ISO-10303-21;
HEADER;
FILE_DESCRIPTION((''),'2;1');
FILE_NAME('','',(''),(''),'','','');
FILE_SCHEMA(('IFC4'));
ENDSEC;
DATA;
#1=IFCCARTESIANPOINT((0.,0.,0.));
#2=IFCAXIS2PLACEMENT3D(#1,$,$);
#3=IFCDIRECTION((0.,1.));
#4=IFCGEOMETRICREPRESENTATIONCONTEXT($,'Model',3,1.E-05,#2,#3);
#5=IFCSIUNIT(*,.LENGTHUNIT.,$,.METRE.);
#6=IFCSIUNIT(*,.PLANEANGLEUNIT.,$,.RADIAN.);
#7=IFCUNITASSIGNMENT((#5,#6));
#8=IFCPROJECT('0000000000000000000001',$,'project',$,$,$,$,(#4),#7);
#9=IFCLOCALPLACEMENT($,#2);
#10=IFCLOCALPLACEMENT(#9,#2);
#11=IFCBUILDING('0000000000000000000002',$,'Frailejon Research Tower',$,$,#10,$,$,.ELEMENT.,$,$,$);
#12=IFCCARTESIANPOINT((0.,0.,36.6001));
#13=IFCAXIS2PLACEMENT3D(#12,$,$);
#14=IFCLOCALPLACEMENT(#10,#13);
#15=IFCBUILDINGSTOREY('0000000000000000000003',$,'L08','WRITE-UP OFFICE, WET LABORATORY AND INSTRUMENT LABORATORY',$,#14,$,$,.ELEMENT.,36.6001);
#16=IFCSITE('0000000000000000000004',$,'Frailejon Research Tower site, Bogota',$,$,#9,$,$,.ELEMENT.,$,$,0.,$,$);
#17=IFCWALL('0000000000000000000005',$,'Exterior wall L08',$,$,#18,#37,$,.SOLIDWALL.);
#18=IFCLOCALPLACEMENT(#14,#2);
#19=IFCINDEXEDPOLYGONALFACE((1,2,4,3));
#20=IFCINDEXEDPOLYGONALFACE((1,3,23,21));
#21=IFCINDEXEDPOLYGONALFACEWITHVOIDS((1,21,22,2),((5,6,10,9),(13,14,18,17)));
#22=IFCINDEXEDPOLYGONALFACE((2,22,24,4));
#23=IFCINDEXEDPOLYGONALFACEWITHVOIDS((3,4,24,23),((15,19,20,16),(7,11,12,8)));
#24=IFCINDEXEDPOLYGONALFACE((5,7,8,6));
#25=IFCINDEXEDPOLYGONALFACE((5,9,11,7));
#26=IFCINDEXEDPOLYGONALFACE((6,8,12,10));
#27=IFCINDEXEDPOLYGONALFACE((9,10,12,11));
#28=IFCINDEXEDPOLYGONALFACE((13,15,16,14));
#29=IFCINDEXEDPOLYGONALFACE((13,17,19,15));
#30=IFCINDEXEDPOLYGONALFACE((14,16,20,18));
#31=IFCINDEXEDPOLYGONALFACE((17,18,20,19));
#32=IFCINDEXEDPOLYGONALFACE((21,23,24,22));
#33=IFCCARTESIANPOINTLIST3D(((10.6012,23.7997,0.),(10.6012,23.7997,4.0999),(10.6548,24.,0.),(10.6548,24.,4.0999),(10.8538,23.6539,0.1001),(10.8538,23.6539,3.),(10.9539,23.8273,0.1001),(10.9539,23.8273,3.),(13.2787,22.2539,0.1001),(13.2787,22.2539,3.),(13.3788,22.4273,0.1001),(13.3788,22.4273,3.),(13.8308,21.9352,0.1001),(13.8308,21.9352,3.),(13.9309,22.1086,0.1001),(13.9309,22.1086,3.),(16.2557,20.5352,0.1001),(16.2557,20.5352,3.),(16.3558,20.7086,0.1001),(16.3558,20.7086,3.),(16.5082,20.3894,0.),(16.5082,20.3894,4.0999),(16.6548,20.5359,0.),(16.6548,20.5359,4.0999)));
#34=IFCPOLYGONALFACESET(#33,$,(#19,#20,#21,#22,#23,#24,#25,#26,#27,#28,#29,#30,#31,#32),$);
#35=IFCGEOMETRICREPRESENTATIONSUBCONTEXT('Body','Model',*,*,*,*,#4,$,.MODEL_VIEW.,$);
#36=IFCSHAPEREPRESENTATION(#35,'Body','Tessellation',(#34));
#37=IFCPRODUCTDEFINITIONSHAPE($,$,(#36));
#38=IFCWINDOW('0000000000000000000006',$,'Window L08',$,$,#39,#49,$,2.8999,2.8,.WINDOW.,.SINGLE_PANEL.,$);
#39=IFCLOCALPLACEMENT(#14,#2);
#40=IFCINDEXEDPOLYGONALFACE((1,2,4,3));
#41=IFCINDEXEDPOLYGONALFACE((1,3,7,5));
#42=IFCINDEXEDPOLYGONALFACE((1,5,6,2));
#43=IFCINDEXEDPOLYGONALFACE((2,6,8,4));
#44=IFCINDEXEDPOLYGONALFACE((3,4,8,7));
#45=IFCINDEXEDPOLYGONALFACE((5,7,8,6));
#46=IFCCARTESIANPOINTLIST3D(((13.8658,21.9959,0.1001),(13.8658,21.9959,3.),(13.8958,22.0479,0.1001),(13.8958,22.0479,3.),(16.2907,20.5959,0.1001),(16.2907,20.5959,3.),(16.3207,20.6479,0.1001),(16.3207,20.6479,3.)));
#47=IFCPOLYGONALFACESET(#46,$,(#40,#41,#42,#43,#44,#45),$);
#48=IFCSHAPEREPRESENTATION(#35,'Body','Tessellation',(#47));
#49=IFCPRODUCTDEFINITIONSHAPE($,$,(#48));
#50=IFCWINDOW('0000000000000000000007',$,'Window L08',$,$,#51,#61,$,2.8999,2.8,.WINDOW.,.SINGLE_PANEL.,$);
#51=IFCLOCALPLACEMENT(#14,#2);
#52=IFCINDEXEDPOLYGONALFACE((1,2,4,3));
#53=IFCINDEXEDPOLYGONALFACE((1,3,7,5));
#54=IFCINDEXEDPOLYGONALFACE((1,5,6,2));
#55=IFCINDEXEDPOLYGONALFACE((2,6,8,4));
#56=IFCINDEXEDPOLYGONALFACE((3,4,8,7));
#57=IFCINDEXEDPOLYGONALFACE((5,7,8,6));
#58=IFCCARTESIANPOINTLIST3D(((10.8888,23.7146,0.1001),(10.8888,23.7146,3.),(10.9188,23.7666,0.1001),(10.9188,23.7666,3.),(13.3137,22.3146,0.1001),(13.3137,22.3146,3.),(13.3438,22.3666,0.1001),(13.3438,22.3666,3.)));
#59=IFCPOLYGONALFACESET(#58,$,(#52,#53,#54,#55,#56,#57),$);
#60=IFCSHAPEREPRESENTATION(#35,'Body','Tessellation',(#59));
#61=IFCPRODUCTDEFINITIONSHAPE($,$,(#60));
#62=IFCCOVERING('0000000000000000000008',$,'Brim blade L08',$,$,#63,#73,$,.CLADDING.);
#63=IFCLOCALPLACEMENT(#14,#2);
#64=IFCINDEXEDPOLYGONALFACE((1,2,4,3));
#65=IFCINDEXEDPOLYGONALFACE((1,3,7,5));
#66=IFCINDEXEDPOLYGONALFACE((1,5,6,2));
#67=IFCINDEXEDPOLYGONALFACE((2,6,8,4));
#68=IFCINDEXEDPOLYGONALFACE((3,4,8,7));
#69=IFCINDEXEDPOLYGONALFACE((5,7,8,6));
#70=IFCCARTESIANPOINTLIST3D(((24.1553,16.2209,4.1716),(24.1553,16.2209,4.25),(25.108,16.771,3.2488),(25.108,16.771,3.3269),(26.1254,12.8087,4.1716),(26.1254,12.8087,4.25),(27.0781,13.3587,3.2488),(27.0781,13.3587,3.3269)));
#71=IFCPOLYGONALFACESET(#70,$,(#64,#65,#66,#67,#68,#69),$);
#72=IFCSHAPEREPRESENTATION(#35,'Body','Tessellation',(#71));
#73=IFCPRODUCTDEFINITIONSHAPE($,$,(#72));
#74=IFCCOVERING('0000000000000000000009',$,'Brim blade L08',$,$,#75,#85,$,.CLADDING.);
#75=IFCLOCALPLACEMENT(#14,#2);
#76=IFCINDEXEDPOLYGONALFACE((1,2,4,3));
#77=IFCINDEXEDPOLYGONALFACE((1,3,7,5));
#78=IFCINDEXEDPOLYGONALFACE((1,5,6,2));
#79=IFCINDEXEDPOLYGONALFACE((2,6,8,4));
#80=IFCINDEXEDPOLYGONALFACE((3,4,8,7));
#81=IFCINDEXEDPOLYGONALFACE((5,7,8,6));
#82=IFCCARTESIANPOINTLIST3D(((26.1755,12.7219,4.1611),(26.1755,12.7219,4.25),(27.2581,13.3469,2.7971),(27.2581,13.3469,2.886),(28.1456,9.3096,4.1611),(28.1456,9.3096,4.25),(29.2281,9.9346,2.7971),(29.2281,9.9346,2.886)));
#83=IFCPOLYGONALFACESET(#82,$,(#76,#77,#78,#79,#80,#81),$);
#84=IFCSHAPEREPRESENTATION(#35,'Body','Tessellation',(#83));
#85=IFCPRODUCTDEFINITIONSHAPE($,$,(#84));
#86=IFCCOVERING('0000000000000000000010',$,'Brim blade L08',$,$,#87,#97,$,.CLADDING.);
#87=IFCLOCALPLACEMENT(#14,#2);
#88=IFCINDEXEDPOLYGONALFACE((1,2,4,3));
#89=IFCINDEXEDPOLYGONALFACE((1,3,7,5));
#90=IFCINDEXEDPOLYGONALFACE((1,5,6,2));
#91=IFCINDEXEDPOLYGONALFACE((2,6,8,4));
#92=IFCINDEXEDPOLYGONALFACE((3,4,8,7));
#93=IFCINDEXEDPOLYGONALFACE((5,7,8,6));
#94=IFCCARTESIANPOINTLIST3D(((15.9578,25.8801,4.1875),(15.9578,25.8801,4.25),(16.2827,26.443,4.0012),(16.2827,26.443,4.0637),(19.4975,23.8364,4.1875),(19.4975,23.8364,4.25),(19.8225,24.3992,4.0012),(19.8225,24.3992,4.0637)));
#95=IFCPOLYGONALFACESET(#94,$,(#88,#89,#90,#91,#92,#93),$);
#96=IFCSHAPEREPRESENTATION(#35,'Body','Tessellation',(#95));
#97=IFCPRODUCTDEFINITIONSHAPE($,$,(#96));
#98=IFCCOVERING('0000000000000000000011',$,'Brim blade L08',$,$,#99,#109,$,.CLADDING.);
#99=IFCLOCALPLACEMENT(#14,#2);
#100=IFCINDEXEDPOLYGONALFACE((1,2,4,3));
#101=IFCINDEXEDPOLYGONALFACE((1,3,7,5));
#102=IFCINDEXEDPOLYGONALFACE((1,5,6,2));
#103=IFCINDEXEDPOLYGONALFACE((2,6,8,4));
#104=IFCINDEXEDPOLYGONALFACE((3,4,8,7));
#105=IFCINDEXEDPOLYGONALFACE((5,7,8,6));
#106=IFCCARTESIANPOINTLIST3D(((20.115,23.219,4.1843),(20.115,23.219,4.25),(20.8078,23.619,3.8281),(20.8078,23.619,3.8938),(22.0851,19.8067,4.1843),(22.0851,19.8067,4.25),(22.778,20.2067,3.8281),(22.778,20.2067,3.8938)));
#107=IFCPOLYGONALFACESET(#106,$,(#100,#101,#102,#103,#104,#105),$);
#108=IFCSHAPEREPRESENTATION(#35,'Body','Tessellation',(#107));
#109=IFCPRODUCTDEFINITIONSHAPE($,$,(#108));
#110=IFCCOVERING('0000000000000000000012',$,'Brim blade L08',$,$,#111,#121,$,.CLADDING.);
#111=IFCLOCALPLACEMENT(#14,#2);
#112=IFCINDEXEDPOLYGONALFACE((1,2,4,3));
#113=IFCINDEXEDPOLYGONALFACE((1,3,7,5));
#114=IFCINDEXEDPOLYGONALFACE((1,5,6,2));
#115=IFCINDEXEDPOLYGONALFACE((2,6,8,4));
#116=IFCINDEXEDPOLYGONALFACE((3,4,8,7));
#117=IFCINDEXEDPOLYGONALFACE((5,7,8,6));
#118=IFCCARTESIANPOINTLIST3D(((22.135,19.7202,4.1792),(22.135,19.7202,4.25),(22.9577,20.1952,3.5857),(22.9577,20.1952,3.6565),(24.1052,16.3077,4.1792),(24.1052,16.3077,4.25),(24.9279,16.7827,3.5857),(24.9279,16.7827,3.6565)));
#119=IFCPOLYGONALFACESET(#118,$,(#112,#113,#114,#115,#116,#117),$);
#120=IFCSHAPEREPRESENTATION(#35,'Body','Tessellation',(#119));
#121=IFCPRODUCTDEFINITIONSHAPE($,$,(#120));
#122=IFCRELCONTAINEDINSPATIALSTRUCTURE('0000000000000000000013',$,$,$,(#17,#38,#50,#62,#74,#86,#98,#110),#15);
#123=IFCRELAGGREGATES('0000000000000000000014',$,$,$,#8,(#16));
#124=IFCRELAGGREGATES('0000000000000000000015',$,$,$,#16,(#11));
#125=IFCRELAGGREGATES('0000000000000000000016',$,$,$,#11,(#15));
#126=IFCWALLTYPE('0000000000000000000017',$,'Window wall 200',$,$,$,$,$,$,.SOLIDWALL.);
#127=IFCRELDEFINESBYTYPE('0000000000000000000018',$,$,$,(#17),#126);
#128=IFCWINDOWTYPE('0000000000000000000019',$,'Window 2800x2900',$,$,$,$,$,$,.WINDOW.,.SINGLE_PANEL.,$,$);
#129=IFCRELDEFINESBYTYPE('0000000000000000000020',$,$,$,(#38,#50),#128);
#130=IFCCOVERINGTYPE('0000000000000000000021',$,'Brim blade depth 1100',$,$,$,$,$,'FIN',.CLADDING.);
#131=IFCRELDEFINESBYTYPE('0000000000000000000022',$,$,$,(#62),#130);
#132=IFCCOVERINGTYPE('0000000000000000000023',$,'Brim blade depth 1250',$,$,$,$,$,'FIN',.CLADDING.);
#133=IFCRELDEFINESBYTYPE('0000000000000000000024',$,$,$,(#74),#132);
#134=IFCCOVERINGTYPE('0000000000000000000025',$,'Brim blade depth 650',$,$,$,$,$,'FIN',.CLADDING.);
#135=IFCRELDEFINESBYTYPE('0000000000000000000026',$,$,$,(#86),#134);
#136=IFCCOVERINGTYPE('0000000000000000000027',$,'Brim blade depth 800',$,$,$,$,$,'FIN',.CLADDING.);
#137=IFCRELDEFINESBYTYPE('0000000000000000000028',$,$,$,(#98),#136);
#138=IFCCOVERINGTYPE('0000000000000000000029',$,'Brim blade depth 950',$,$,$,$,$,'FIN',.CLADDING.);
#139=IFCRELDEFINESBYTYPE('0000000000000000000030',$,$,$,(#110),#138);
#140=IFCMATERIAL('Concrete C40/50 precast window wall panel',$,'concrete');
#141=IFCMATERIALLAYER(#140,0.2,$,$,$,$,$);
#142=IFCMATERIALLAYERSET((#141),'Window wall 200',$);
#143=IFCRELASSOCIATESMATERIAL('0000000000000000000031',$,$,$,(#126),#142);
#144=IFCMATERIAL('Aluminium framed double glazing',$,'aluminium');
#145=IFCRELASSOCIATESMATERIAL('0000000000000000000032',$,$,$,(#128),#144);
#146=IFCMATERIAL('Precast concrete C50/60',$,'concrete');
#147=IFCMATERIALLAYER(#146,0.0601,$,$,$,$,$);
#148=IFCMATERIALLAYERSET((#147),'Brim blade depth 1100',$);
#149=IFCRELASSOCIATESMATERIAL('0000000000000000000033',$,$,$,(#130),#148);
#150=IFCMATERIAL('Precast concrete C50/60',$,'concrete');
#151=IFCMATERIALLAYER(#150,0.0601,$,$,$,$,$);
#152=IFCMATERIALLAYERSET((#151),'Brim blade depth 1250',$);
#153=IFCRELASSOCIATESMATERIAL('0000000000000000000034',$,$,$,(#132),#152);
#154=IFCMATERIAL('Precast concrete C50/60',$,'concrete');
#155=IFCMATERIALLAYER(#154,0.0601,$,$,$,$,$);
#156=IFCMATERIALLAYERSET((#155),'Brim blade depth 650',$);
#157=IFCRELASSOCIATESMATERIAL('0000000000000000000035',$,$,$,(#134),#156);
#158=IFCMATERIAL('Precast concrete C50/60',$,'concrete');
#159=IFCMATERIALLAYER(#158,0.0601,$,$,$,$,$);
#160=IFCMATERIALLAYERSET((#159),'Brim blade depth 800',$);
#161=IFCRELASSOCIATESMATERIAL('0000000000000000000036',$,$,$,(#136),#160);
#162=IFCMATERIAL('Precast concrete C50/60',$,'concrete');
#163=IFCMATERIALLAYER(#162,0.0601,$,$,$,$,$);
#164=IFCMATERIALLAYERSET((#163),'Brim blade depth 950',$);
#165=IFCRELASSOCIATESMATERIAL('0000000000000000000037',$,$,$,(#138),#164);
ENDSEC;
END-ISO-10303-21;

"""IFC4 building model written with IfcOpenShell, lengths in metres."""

from ifc_helpers import new_model, si_unit, direction, frame, frame_2d, origin, place, context, subcontext, project, spatial, polyline, rectangle, outline, extrude, material, layer, layer_set, type_object, element, fill, save


model = new_model("IFC4")

# Units and contexts
model_context = context("Model", 3, precision=1e-05, world=origin(), true_north=direction((0.0, 1.0)))
body_context = subcontext(model_context, "Body", "Model", "MODEL_VIEW")
ifc_project = project(units=[si_unit("LENGTHUNIT", "METRE"), si_unit("PLANEANGLEUNIT", "RADIAN")], contexts=[model_context])

# Site, building, storey
site_placement = place(None, origin())
site = spatial("IfcSite", under=ifc_project, at=site_placement, Name="Frailejon Research Tower site, Bogota", CompositionType="ELEMENT", RefElevation=0.0)
building_placement = place(site_placement, origin())
building = spatial("IfcBuilding", under=site, at=building_placement, Name="Frailejon Research Tower", CompositionType="ELEMENT")
storey_placement = place(building_placement, frame((0.0, 0.0, 36.6001)))
storey = spatial("IfcBuildingStorey", under=building, at=storey_placement, Name="L08", Description="WRITE-UP OFFICE, WET LABORATORY AND INSTRUMENT LABORATORY", CompositionType="ELEMENT", Elevation=36.6001)

# Wall, openings, windows
ifc_material_1 = material(Name="Concrete C40/50 precast window wall panel", Category="concrete")
ifc_layer_1 = layer(ifc_material_1, 0.2)
ifc_layer_set_1 = layer_set([ifc_layer_1], Name="Window wall 200")
wall_type_1 = type_object("IfcWallType", Name="Window wall 200", PredefinedType="SOLIDWALL", material=ifc_layer_set_1)
wall_1_placement = place(storey_placement, frame((16.5815, 20.4626, 0.0), z_axis=(0.0, 0.0, 1.0), x_axis=(-0.866029, 0.499993, 0.0)))
wall_1 = element("IfcWall", 1, at=wall_1_placement, inside=storey, type_object=wall_type_1, Name="Exterior wall L08", PredefinedType="SOLIDWALL", context=body_context, shape_type="SweptSolid", body=[
    extrude(outline(polyline([(-0.0269, -0.1001), (1.1279, -0.1001), (2.2825, -0.1001), (3.4373, -0.1001), (4.592, -0.1001), (5.7466, -0.1001), (6.9014, -0.1001), (6.8477, 0.1001), (5.7109, 0.1001), (4.574, 0.1001), (3.4373, 0.1001), (2.3005, 0.1001), (1.1636, 0.1001), (0.0269, 0.1001), (-0.0269, -0.1001)])), origin(), (0.0, 0.0, 1.0), 4.0999),
])
opening_1_placement = place(wall_1_placement, frame((0.3186, 0.0, 0.1001)))
opening_1 = element("IfcOpeningElement", 2, at=opening_1_placement, cuts=wall_1, PredefinedType="OPENING", context=body_context, shape_type="SweptSolid", body=[
    extrude(rectangle(XDim=2.8, YDim=2.8999, at=frame_2d((1.3999, 1.45))), frame((0.0, 0.1099, 0.0), z_axis=(0.0, -1.0, 0.0), x_axis=(1.0, 0.0, 0.0)), (0.0, 0.0, 1.0), 0.22),
])
opening_2_placement = place(wall_1_placement, frame((3.7561, 0.0, 0.1001)))
opening_2 = element("IfcOpeningElement", 3, at=opening_2_placement, cuts=wall_1, PredefinedType="OPENING", context=body_context, shape_type="SweptSolid", body=[
    extrude(rectangle(XDim=2.8, YDim=2.8999, at=frame_2d((1.3999, 1.45))), frame((0.0, 0.1099, 0.0), z_axis=(0.0, -1.0, 0.0), x_axis=(1.0, 0.0, 0.0)), (0.0, 0.0, 1.0), 0.22),
])
ifc_material_2 = material(Name="Aluminium framed double glazing", Category="aluminium")
window_type = type_object("IfcWindowType", Name="Window 2800x2900", PartitioningType="SINGLE_PANEL", PredefinedType="WINDOW", material=ifc_material_2)
window_1_placement = place(opening_1_placement, origin())
window_1 = element("IfcWindow", 4, at=window_1_placement, inside=storey, type_object=window_type, Name="Window L08", OverallHeight=2.8999, OverallWidth=2.8, PartitioningType="SINGLE_PANEL", PredefinedType="WINDOW", context=body_context, shape_type="SweptSolid", body=[
    extrude(rectangle(XDim=2.8, YDim=2.8999, at=frame_2d((1.3999, 1.45))), frame((0.0, 0.03, 0.0), z_axis=(0.0, -1.0, 0.0), x_axis=(1.0, 0.0, 0.0)), (0.0, 0.0, 1.0), 0.0601),
])
fill(opening_1, window_1)
window_2_placement = place(opening_2_placement, origin())
window_2 = element("IfcWindow", 5, at=window_2_placement, inside=storey, type_object=window_type, Name="Window L08", OverallHeight=2.8999, OverallWidth=2.8, PartitioningType="SINGLE_PANEL", PredefinedType="WINDOW", context=body_context, shape_type="SweptSolid", body=[
    extrude(rectangle(XDim=2.8, YDim=2.8999, at=frame_2d((1.3999, 1.45))), frame((0.0, 0.03, 0.0), z_axis=(0.0, -1.0, 0.0), x_axis=(1.0, 0.0, 0.0)), (0.0, 0.0, 1.0), 0.0601),
])
fill(opening_2, window_2)

# Coverings
ifc_material_3 = material(Name="Precast concrete C50/60", Category="concrete")
ifc_layer_2 = layer(ifc_material_3, 0.0601)
ifc_layer_set_2 = layer_set([ifc_layer_2], Name="Brim blade depth 1100")
covering_type_1 = type_object("IfcCoveringType", Name="Brim blade depth 1100", ElementType="FIN", PredefinedType="CLADDING", material=ifc_layer_set_2)
covering_1_placement = place(storey_placement, frame((24.1553, 16.2209, 4.25), z_axis=(0.50001, -0.86602, 0.0), x_axis=(0.86602, 0.50001, 0.0)))
element("IfcCovering", 6, at=covering_1_placement, inside=storey, type_object=covering_type_1, Name="Brim blade L08", PredefinedType="CLADDING", context=body_context, shape_type="SweptSolid", body=[
    extrude(outline(polyline([(0.0, -0.0784), (1.1001, -1.0012), (1.1001, -0.9231), (0.0, 0.0), (0.0, -0.0784)])), origin(), (0.0, 0.0, 1.0), 3.9402),
])
ifc_material_4 = material(Name="Precast concrete C50/60", Category="concrete")
ifc_layer_3 = layer(ifc_material_4, 0.0601)
ifc_layer_set_3 = layer_set([ifc_layer_3], Name="Brim blade depth 1250")
covering_type_2 = type_object("IfcCoveringType", Name="Brim blade depth 1250", ElementType="FIN", PredefinedType="CLADDING", material=ifc_layer_set_3)
covering_2_placement = place(storey_placement, frame((26.1755, 12.7219, 4.25), z_axis=(0.499991, -0.866031, 0.0), x_axis=(0.866031, 0.499991, 0.0)))
element("IfcCovering", 7, at=covering_2_placement, inside=storey, type_object=covering_type_2, Name="Brim blade L08", PredefinedType="CLADDING", context=body_context, shape_type="SweptSolid", body=[
    extrude(outline(polyline([(0.0, -0.0889), (1.25, -1.4529), (1.25, -1.364), (0.0, 0.0), (0.0, -0.0889)])), origin(), (0.0, 0.0, 1.0), 3.9402),
])
ifc_material_5 = material(Name="Precast concrete C50/60", Category="concrete")
ifc_layer_4 = layer(ifc_material_5, 0.0601)
ifc_layer_set_4 = layer_set([ifc_layer_4], Name="Brim blade depth 650")
covering_type_3 = type_object("IfcCoveringType", Name="Brim blade depth 650", ElementType="FIN", PredefinedType="CLADDING", material=ifc_layer_set_4)
covering_3_placement = place(storey_placement, frame((15.9578, 25.8801, 4.25), z_axis=(0.866021, -0.500007, 0.0), x_axis=(0.500007, 0.866021, 0.0)))
element("IfcCovering", 8, at=covering_3_placement, inside=storey, type_object=covering_type_3, Name="Brim blade L08", PredefinedType="CLADDING", context=body_context, shape_type="SweptSolid", body=[
    extrude(outline(polyline([(0.0, -0.0625), (0.6499, -0.2488), (0.6499, -0.1863), (0.0, 0.0), (0.0, -0.0625)])), origin(), (0.0, 0.0, 1.0), 4.0874),
])
ifc_material_6 = material(Name="Precast concrete C50/60", Category="concrete")
ifc_layer_5 = layer(ifc_material_6, 0.0601)
ifc_layer_set_5 = layer_set([ifc_layer_5], Name="Brim blade depth 800")
covering_type_4 = type_object("IfcCoveringType", Name="Brim blade depth 800", ElementType="FIN", PredefinedType="CLADDING", material=ifc_layer_set_5)
covering_4_placement = place(storey_placement, frame((20.115, 23.219, 4.25), z_axis=(0.50001, -0.86602, 0.0), x_axis=(0.86602, 0.50001, 0.0)))
element("IfcCovering", 9, at=covering_4_placement, inside=storey, type_object=covering_type_4, Name="Brim blade L08", PredefinedType="CLADDING", context=body_context, shape_type="SweptSolid", body=[
    extrude(outline(polyline([(0.0, -0.0657), (0.8, -0.4219), (0.8, -0.3562), (0.0, 0.0), (0.0, -0.0657)])), origin(), (0.0, 0.0, 1.0), 3.9402),
])
ifc_material_7 = material(Name="Precast concrete C50/60", Category="concrete")
ifc_layer_6 = layer(ifc_material_7, 0.0601)
ifc_layer_set_6 = layer_set([ifc_layer_6], Name="Brim blade depth 950")
covering_type_5 = type_object("IfcCoveringType", Name="Brim blade depth 950", ElementType="FIN", PredefinedType="CLADDING", material=ifc_layer_set_6)
covering_5_placement = place(storey_placement, frame((22.135, 19.7202, 4.25), z_axis=(0.499999, -0.866026, 0.0), x_axis=(0.866026, 0.499999, 0.0)))
element("IfcCovering", 10, at=covering_5_placement, inside=storey, type_object=covering_type_5, Name="Brim blade L08", PredefinedType="CLADDING", context=body_context, shape_type="SweptSolid", body=[
    extrude(outline(polyline([(0.0, -0.0708), (0.95, -0.6643), (0.95, -0.5935), (0.0, 0.0), (0.0, -0.0708)])), origin(), (0.0, 0.0, 1.0), 3.9404),
])

save(model, "model.ifc")
